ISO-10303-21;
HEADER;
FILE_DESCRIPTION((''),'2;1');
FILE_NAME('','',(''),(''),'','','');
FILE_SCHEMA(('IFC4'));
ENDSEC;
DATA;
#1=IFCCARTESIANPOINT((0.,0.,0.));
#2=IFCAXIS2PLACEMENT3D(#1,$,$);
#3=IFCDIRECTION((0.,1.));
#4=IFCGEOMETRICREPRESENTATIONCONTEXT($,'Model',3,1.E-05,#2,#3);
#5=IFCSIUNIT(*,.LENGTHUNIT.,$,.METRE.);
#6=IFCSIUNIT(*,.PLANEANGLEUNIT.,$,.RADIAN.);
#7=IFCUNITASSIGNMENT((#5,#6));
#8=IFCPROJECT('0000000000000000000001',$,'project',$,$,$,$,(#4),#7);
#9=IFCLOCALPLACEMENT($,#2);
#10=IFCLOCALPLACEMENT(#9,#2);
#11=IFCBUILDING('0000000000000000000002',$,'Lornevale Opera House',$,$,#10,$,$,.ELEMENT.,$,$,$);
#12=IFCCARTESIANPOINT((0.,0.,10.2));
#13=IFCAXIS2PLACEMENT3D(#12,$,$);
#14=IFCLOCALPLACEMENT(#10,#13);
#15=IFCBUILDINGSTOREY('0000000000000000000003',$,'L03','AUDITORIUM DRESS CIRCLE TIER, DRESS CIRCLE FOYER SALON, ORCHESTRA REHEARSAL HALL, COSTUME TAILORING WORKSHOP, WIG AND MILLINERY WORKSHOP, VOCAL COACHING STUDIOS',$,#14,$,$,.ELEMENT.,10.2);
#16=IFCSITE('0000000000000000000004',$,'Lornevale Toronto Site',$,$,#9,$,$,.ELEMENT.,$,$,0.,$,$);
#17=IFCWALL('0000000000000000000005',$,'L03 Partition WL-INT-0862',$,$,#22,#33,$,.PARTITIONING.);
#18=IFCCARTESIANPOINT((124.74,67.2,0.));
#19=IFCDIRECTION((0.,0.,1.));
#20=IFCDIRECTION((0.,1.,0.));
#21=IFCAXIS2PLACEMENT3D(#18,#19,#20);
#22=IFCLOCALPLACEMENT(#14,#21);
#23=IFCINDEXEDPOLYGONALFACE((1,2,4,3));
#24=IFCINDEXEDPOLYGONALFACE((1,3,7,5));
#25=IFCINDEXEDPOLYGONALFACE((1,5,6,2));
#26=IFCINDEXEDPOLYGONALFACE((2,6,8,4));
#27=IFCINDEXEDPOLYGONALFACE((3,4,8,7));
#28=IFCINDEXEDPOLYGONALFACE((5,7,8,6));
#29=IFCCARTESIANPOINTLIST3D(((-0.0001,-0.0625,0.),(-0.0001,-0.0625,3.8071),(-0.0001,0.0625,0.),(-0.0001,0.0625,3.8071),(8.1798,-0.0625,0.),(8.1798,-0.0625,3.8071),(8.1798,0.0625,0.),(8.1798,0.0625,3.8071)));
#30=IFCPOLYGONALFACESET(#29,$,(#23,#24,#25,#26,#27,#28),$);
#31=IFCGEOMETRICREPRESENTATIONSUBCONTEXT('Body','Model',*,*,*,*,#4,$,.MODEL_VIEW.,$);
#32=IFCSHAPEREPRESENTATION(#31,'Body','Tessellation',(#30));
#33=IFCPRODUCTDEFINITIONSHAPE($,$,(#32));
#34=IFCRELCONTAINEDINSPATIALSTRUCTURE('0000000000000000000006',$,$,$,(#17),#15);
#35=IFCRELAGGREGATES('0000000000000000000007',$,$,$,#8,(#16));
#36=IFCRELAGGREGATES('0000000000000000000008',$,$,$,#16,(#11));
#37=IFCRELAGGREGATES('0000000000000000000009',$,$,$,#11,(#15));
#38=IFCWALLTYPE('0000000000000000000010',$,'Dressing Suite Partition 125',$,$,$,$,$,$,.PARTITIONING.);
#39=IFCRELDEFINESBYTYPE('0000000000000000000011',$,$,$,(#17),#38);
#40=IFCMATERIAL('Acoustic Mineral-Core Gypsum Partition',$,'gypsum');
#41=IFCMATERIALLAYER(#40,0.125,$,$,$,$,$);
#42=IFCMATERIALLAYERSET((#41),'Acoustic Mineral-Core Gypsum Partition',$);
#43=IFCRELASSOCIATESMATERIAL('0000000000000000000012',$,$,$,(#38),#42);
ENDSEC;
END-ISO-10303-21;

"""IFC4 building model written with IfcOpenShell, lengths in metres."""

from ifc_helpers import new_model, si_unit, direction, frame, frame_2d, origin, place, context, subcontext, project, spatial, rectangle, extrude, material, layer, layer_set, type_object, element, save


model = new_model("IFC4")

# Units and contexts
model_context = context("Model", 3, precision=1e-05, world=origin(), true_north=direction((0.0, 1.0)))
body_context = subcontext(model_context, "Body", "Model", "MODEL_VIEW")
ifc_project = project(units=[si_unit("LENGTHUNIT", "METRE"), si_unit("PLANEANGLEUNIT", "RADIAN")], contexts=[model_context])

# Site, building, storey
site_placement = place(None, origin())
site = spatial("IfcSite", under=ifc_project, at=site_placement, Name="Lornevale Toronto Site", CompositionType="ELEMENT", RefElevation=0.0)
building_placement = place(site_placement, origin())
building = spatial("IfcBuilding", under=site, at=building_placement, Name="Lornevale Opera House", CompositionType="ELEMENT")
storey_placement = place(building_placement, frame((0.0, 0.0, 10.2)))
storey = spatial("IfcBuildingStorey", under=building, at=storey_placement, Name="L03", Description="AUDITORIUM DRESS CIRCLE TIER, DRESS CIRCLE FOYER SALON, ORCHESTRA REHEARSAL HALL, COSTUME TAILORING WORKSHOP, WIG AND MILLINERY WORKSHOP, VOCAL COACHING STUDIOS", CompositionType="ELEMENT", Elevation=10.2)

# Wall
ifc_material_1 = material(Name="Acoustic Mineral-Core Gypsum Partition", Category="gypsum")
ifc_layer_1 = layer(ifc_material_1, 0.125)
ifc_layer_set_1 = layer_set([ifc_layer_1], Name="Acoustic Mineral-Core Gypsum Partition")
wall_type_1 = type_object("IfcWallType", Name="Dressing Suite Partition 125", PredefinedType="PARTITIONING", material=ifc_layer_set_1)
wall_1_placement = place(storey_placement, frame((124.74, 67.2, 0.0), z_axis=(0.0, 0.0, 1.0), x_axis=(0.0, 1.0, 0.0)))
element("IfcWall", 1, at=wall_1_placement, inside=storey, type_object=wall_type_1, Name="L03 Partition WL-INT-0862", PredefinedType="PARTITIONING", context=body_context, shape_type="SweptSolid", body=[
    extrude(rectangle(XDim=8.1799, YDim=0.125, at=frame_2d((4.0898, 0.0))), origin(), (0.0, 0.0, 1.0), 3.8071),
])

save(model, "model.ifc")
